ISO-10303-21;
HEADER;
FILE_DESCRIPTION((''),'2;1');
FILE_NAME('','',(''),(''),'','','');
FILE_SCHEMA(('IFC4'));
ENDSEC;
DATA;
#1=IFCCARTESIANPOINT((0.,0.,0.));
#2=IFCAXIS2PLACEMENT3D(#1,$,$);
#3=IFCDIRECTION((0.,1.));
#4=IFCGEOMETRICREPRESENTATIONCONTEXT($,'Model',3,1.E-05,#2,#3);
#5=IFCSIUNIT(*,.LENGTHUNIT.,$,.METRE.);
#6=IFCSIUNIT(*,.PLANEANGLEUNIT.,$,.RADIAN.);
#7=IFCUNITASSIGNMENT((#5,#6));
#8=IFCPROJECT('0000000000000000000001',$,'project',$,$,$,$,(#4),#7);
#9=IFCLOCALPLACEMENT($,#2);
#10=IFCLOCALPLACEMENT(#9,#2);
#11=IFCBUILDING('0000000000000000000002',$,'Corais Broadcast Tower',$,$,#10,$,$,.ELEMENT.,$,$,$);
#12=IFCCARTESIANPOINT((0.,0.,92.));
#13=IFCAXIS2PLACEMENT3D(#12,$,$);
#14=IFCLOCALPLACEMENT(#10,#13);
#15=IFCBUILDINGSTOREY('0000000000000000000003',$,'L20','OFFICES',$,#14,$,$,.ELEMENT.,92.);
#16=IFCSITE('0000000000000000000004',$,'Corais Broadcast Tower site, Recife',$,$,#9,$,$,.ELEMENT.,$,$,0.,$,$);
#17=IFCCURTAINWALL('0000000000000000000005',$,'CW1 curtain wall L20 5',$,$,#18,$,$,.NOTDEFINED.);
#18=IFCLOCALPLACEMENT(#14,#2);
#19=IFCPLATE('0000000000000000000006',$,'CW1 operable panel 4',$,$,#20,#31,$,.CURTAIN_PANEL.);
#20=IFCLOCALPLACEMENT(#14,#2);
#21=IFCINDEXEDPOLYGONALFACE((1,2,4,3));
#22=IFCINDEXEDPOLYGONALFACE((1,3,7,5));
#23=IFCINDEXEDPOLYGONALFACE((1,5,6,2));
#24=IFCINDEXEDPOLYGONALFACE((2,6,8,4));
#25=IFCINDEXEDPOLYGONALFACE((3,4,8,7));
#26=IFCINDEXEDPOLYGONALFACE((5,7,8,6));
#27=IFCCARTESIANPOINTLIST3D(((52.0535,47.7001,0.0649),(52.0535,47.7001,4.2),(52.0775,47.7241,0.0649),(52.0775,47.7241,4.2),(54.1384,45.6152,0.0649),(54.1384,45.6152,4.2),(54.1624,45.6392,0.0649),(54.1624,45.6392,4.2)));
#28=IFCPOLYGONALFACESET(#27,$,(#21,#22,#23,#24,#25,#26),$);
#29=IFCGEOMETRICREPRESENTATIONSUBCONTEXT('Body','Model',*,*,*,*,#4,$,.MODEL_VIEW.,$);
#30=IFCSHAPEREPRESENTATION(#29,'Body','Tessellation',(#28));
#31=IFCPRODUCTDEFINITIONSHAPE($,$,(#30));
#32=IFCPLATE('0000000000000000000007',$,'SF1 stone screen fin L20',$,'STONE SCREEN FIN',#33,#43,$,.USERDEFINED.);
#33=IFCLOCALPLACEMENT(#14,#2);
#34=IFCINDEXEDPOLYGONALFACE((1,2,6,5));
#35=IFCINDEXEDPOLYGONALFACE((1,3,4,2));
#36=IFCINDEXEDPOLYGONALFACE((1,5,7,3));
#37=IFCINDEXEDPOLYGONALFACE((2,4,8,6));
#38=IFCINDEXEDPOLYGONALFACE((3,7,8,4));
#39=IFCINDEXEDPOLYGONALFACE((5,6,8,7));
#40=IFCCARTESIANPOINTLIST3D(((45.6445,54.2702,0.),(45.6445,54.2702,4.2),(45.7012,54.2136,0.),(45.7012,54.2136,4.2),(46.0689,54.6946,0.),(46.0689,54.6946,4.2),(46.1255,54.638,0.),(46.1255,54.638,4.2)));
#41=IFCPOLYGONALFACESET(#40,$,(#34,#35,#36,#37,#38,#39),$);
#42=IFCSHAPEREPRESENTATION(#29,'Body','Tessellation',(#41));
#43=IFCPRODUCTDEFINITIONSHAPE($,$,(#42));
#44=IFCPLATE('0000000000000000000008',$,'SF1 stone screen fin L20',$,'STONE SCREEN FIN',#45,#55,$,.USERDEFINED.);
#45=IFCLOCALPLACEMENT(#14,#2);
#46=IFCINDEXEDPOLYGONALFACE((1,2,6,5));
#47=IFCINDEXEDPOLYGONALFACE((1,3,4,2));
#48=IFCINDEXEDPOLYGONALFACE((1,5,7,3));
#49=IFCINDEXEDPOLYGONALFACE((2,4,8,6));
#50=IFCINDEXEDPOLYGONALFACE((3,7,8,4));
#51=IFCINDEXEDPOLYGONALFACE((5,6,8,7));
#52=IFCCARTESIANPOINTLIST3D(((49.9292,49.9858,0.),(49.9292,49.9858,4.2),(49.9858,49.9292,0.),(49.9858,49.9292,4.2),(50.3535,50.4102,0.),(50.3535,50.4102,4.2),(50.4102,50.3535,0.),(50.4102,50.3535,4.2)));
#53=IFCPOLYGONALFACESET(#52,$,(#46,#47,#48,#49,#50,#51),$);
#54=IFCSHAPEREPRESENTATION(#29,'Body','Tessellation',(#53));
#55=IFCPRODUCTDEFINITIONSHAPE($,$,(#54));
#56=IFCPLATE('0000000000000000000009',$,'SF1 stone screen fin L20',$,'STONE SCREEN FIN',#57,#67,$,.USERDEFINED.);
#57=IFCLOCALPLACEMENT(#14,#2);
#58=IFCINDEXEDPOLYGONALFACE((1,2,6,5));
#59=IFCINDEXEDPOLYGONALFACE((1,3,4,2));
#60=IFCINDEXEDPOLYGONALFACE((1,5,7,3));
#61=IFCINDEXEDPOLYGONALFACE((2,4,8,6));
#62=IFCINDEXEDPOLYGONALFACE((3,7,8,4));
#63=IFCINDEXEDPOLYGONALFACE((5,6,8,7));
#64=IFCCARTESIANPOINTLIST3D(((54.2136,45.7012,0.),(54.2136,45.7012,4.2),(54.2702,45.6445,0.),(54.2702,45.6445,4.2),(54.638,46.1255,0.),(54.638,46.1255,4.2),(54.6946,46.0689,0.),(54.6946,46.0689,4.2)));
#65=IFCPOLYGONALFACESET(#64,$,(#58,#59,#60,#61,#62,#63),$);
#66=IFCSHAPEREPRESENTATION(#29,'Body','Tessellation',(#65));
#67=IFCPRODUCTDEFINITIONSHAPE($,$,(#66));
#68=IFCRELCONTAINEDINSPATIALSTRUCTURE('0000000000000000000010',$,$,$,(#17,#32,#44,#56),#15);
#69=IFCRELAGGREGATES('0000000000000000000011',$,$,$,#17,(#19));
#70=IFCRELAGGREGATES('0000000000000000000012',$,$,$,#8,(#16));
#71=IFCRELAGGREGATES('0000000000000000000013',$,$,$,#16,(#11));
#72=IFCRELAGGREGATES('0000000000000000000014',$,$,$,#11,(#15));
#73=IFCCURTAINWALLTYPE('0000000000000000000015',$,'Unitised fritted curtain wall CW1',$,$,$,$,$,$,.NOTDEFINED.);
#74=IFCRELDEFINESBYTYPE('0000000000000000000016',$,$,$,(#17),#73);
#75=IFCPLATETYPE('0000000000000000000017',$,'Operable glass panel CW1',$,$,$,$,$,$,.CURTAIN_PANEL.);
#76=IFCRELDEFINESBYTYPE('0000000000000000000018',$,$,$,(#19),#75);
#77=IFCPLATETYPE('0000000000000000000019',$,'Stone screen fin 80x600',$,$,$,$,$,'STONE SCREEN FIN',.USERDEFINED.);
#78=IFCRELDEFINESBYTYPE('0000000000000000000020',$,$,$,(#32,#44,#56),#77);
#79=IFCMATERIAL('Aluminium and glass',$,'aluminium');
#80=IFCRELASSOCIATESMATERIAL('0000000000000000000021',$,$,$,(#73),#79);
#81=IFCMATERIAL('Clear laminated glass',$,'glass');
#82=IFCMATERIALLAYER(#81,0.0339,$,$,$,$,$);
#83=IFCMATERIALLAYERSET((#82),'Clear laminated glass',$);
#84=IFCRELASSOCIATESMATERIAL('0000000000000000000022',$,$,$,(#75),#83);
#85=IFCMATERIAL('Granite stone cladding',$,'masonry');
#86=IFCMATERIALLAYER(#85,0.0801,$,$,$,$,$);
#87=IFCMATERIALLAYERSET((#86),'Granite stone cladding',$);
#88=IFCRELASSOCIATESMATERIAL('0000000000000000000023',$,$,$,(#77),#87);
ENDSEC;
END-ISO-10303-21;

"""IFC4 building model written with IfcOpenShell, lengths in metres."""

from ifc_helpers import new_model, si_unit, direction, frame, origin, origin_2d, place, context, subcontext, project, spatial, rectangle, extrude, material, layer, layer_set, type_object, element, aggregate, save


model = new_model("IFC4")

# Units and contexts
model_context = context("Model", 3, precision=1e-05, world=origin(), true_north=direction((0.0, 1.0)))
body_context = subcontext(model_context, "Body", "Model", "MODEL_VIEW")
ifc_project = project(units=[si_unit("LENGTHUNIT", "METRE"), si_unit("PLANEANGLEUNIT", "RADIAN")], contexts=[model_context])

# Site, building, storey
site_placement = place(None, origin())
site = spatial("IfcSite", under=ifc_project, at=site_placement, Name="Corais Broadcast Tower site, Recife", CompositionType="ELEMENT", RefElevation=0.0)
building_placement = place(site_placement, origin())
building = spatial("IfcBuilding", under=site, at=building_placement, Name="Corais Broadcast Tower", CompositionType="ELEMENT")
storey_placement = place(building_placement, frame((0.0, 0.0, 92.0)))
storey = spatial("IfcBuildingStorey", under=building, at=storey_placement, Name="L20", Description="OFFICES", CompositionType="ELEMENT", Elevation=92.0)

# Shared definitions
ifc_material_1 = material(Name="Aluminium and glass", Category="aluminium")
curtain_wall_type = type_object("IfcCurtainWallType", Name="Unitised fritted curtain wall CW1", PredefinedType="NOTDEFINED", material=ifc_material_1)

# Curtain wall
curtain_wall_1_placement = place(storey_placement, origin())
curtain_wall_1 = element("IfcCurtainWall", 1, at=curtain_wall_1_placement, inside=storey, type_object=curtain_wall_type, Name="CW1 curtain wall L20 5", PredefinedType="NOTDEFINED")

# Plate
ifc_material_2 = material(Name="Clear laminated glass", Category="glass")
ifc_layer_1 = layer(ifc_material_2, 0.0339)
ifc_layer_set_1 = layer_set([ifc_layer_1], Name="Clear laminated glass")
plate_type_1 = type_object("IfcPlateType", Name="Operable glass panel CW1", PredefinedType="CURTAIN_PANEL", material=ifc_layer_set_1)
plate_1_placement = place(storey_placement, frame((53.1079, 46.6697, 0.0649), z_axis=(0.0, 0.0, 1.0), x_axis=(0.707107, -0.707107, 0.0)))
plate_1 = element("IfcPlate", 2, at=plate_1_placement, type_object=plate_type_1, Name="CW1 operable panel 4", PredefinedType="CURTAIN_PANEL", context=body_context, shape_type="SweptSolid", body=[
    extrude(rectangle(XDim=2.9485, YDim=0.0339, at=origin_2d()), origin(), (0.0, 0.0, 1.0), 4.135),
])
aggregate(curtain_wall_1, [plate_1])

# Plates
ifc_material_3 = material(Name="Granite stone cladding", Category="masonry")
ifc_layer_2 = layer(ifc_material_3, 0.0801)
ifc_layer_set_2 = layer_set([ifc_layer_2], Name="Granite stone cladding")
plate_type_2 = type_object("IfcPlateType", Name="Stone screen fin 80x600", ElementType="STONE SCREEN FIN", PredefinedType="USERDEFINED", material=ifc_layer_set_2)
for number, where, z_axis, x_axis, name in (
    (3, (45.885, 54.4541, 0.0), (0.0, 0.0, 1.0), (0.707107, -0.707107, 0.0), "SF1 stone screen fin L20"),
    (4, (50.1697, 50.1697, 0.0), (0.0, 0.0, 1.0), (0.707107, -0.707107, 0.0), "SF1 stone screen fin L20"),
    (5, (54.4541, 45.885, 0.0), (0.0, 0.0, 1.0), (0.707107, -0.707107, 0.0), "SF1 stone screen fin L20"),
):
    element("IfcPlate", number, at=place(storey_placement, frame(where, z_axis=z_axis, x_axis=x_axis)), inside=storey, type_object=plate_type_2, Name=name, ObjectType="STONE SCREEN FIN", PredefinedType="USERDEFINED", context=body_context, shape_type="SweptSolid", body=[
        extrude(rectangle(XDim=0.0801, YDim=0.6001, at=origin_2d()), origin(), (0.0, 0.0, 1.0), 4.2),
    ])

save(model, "model.ifc")
